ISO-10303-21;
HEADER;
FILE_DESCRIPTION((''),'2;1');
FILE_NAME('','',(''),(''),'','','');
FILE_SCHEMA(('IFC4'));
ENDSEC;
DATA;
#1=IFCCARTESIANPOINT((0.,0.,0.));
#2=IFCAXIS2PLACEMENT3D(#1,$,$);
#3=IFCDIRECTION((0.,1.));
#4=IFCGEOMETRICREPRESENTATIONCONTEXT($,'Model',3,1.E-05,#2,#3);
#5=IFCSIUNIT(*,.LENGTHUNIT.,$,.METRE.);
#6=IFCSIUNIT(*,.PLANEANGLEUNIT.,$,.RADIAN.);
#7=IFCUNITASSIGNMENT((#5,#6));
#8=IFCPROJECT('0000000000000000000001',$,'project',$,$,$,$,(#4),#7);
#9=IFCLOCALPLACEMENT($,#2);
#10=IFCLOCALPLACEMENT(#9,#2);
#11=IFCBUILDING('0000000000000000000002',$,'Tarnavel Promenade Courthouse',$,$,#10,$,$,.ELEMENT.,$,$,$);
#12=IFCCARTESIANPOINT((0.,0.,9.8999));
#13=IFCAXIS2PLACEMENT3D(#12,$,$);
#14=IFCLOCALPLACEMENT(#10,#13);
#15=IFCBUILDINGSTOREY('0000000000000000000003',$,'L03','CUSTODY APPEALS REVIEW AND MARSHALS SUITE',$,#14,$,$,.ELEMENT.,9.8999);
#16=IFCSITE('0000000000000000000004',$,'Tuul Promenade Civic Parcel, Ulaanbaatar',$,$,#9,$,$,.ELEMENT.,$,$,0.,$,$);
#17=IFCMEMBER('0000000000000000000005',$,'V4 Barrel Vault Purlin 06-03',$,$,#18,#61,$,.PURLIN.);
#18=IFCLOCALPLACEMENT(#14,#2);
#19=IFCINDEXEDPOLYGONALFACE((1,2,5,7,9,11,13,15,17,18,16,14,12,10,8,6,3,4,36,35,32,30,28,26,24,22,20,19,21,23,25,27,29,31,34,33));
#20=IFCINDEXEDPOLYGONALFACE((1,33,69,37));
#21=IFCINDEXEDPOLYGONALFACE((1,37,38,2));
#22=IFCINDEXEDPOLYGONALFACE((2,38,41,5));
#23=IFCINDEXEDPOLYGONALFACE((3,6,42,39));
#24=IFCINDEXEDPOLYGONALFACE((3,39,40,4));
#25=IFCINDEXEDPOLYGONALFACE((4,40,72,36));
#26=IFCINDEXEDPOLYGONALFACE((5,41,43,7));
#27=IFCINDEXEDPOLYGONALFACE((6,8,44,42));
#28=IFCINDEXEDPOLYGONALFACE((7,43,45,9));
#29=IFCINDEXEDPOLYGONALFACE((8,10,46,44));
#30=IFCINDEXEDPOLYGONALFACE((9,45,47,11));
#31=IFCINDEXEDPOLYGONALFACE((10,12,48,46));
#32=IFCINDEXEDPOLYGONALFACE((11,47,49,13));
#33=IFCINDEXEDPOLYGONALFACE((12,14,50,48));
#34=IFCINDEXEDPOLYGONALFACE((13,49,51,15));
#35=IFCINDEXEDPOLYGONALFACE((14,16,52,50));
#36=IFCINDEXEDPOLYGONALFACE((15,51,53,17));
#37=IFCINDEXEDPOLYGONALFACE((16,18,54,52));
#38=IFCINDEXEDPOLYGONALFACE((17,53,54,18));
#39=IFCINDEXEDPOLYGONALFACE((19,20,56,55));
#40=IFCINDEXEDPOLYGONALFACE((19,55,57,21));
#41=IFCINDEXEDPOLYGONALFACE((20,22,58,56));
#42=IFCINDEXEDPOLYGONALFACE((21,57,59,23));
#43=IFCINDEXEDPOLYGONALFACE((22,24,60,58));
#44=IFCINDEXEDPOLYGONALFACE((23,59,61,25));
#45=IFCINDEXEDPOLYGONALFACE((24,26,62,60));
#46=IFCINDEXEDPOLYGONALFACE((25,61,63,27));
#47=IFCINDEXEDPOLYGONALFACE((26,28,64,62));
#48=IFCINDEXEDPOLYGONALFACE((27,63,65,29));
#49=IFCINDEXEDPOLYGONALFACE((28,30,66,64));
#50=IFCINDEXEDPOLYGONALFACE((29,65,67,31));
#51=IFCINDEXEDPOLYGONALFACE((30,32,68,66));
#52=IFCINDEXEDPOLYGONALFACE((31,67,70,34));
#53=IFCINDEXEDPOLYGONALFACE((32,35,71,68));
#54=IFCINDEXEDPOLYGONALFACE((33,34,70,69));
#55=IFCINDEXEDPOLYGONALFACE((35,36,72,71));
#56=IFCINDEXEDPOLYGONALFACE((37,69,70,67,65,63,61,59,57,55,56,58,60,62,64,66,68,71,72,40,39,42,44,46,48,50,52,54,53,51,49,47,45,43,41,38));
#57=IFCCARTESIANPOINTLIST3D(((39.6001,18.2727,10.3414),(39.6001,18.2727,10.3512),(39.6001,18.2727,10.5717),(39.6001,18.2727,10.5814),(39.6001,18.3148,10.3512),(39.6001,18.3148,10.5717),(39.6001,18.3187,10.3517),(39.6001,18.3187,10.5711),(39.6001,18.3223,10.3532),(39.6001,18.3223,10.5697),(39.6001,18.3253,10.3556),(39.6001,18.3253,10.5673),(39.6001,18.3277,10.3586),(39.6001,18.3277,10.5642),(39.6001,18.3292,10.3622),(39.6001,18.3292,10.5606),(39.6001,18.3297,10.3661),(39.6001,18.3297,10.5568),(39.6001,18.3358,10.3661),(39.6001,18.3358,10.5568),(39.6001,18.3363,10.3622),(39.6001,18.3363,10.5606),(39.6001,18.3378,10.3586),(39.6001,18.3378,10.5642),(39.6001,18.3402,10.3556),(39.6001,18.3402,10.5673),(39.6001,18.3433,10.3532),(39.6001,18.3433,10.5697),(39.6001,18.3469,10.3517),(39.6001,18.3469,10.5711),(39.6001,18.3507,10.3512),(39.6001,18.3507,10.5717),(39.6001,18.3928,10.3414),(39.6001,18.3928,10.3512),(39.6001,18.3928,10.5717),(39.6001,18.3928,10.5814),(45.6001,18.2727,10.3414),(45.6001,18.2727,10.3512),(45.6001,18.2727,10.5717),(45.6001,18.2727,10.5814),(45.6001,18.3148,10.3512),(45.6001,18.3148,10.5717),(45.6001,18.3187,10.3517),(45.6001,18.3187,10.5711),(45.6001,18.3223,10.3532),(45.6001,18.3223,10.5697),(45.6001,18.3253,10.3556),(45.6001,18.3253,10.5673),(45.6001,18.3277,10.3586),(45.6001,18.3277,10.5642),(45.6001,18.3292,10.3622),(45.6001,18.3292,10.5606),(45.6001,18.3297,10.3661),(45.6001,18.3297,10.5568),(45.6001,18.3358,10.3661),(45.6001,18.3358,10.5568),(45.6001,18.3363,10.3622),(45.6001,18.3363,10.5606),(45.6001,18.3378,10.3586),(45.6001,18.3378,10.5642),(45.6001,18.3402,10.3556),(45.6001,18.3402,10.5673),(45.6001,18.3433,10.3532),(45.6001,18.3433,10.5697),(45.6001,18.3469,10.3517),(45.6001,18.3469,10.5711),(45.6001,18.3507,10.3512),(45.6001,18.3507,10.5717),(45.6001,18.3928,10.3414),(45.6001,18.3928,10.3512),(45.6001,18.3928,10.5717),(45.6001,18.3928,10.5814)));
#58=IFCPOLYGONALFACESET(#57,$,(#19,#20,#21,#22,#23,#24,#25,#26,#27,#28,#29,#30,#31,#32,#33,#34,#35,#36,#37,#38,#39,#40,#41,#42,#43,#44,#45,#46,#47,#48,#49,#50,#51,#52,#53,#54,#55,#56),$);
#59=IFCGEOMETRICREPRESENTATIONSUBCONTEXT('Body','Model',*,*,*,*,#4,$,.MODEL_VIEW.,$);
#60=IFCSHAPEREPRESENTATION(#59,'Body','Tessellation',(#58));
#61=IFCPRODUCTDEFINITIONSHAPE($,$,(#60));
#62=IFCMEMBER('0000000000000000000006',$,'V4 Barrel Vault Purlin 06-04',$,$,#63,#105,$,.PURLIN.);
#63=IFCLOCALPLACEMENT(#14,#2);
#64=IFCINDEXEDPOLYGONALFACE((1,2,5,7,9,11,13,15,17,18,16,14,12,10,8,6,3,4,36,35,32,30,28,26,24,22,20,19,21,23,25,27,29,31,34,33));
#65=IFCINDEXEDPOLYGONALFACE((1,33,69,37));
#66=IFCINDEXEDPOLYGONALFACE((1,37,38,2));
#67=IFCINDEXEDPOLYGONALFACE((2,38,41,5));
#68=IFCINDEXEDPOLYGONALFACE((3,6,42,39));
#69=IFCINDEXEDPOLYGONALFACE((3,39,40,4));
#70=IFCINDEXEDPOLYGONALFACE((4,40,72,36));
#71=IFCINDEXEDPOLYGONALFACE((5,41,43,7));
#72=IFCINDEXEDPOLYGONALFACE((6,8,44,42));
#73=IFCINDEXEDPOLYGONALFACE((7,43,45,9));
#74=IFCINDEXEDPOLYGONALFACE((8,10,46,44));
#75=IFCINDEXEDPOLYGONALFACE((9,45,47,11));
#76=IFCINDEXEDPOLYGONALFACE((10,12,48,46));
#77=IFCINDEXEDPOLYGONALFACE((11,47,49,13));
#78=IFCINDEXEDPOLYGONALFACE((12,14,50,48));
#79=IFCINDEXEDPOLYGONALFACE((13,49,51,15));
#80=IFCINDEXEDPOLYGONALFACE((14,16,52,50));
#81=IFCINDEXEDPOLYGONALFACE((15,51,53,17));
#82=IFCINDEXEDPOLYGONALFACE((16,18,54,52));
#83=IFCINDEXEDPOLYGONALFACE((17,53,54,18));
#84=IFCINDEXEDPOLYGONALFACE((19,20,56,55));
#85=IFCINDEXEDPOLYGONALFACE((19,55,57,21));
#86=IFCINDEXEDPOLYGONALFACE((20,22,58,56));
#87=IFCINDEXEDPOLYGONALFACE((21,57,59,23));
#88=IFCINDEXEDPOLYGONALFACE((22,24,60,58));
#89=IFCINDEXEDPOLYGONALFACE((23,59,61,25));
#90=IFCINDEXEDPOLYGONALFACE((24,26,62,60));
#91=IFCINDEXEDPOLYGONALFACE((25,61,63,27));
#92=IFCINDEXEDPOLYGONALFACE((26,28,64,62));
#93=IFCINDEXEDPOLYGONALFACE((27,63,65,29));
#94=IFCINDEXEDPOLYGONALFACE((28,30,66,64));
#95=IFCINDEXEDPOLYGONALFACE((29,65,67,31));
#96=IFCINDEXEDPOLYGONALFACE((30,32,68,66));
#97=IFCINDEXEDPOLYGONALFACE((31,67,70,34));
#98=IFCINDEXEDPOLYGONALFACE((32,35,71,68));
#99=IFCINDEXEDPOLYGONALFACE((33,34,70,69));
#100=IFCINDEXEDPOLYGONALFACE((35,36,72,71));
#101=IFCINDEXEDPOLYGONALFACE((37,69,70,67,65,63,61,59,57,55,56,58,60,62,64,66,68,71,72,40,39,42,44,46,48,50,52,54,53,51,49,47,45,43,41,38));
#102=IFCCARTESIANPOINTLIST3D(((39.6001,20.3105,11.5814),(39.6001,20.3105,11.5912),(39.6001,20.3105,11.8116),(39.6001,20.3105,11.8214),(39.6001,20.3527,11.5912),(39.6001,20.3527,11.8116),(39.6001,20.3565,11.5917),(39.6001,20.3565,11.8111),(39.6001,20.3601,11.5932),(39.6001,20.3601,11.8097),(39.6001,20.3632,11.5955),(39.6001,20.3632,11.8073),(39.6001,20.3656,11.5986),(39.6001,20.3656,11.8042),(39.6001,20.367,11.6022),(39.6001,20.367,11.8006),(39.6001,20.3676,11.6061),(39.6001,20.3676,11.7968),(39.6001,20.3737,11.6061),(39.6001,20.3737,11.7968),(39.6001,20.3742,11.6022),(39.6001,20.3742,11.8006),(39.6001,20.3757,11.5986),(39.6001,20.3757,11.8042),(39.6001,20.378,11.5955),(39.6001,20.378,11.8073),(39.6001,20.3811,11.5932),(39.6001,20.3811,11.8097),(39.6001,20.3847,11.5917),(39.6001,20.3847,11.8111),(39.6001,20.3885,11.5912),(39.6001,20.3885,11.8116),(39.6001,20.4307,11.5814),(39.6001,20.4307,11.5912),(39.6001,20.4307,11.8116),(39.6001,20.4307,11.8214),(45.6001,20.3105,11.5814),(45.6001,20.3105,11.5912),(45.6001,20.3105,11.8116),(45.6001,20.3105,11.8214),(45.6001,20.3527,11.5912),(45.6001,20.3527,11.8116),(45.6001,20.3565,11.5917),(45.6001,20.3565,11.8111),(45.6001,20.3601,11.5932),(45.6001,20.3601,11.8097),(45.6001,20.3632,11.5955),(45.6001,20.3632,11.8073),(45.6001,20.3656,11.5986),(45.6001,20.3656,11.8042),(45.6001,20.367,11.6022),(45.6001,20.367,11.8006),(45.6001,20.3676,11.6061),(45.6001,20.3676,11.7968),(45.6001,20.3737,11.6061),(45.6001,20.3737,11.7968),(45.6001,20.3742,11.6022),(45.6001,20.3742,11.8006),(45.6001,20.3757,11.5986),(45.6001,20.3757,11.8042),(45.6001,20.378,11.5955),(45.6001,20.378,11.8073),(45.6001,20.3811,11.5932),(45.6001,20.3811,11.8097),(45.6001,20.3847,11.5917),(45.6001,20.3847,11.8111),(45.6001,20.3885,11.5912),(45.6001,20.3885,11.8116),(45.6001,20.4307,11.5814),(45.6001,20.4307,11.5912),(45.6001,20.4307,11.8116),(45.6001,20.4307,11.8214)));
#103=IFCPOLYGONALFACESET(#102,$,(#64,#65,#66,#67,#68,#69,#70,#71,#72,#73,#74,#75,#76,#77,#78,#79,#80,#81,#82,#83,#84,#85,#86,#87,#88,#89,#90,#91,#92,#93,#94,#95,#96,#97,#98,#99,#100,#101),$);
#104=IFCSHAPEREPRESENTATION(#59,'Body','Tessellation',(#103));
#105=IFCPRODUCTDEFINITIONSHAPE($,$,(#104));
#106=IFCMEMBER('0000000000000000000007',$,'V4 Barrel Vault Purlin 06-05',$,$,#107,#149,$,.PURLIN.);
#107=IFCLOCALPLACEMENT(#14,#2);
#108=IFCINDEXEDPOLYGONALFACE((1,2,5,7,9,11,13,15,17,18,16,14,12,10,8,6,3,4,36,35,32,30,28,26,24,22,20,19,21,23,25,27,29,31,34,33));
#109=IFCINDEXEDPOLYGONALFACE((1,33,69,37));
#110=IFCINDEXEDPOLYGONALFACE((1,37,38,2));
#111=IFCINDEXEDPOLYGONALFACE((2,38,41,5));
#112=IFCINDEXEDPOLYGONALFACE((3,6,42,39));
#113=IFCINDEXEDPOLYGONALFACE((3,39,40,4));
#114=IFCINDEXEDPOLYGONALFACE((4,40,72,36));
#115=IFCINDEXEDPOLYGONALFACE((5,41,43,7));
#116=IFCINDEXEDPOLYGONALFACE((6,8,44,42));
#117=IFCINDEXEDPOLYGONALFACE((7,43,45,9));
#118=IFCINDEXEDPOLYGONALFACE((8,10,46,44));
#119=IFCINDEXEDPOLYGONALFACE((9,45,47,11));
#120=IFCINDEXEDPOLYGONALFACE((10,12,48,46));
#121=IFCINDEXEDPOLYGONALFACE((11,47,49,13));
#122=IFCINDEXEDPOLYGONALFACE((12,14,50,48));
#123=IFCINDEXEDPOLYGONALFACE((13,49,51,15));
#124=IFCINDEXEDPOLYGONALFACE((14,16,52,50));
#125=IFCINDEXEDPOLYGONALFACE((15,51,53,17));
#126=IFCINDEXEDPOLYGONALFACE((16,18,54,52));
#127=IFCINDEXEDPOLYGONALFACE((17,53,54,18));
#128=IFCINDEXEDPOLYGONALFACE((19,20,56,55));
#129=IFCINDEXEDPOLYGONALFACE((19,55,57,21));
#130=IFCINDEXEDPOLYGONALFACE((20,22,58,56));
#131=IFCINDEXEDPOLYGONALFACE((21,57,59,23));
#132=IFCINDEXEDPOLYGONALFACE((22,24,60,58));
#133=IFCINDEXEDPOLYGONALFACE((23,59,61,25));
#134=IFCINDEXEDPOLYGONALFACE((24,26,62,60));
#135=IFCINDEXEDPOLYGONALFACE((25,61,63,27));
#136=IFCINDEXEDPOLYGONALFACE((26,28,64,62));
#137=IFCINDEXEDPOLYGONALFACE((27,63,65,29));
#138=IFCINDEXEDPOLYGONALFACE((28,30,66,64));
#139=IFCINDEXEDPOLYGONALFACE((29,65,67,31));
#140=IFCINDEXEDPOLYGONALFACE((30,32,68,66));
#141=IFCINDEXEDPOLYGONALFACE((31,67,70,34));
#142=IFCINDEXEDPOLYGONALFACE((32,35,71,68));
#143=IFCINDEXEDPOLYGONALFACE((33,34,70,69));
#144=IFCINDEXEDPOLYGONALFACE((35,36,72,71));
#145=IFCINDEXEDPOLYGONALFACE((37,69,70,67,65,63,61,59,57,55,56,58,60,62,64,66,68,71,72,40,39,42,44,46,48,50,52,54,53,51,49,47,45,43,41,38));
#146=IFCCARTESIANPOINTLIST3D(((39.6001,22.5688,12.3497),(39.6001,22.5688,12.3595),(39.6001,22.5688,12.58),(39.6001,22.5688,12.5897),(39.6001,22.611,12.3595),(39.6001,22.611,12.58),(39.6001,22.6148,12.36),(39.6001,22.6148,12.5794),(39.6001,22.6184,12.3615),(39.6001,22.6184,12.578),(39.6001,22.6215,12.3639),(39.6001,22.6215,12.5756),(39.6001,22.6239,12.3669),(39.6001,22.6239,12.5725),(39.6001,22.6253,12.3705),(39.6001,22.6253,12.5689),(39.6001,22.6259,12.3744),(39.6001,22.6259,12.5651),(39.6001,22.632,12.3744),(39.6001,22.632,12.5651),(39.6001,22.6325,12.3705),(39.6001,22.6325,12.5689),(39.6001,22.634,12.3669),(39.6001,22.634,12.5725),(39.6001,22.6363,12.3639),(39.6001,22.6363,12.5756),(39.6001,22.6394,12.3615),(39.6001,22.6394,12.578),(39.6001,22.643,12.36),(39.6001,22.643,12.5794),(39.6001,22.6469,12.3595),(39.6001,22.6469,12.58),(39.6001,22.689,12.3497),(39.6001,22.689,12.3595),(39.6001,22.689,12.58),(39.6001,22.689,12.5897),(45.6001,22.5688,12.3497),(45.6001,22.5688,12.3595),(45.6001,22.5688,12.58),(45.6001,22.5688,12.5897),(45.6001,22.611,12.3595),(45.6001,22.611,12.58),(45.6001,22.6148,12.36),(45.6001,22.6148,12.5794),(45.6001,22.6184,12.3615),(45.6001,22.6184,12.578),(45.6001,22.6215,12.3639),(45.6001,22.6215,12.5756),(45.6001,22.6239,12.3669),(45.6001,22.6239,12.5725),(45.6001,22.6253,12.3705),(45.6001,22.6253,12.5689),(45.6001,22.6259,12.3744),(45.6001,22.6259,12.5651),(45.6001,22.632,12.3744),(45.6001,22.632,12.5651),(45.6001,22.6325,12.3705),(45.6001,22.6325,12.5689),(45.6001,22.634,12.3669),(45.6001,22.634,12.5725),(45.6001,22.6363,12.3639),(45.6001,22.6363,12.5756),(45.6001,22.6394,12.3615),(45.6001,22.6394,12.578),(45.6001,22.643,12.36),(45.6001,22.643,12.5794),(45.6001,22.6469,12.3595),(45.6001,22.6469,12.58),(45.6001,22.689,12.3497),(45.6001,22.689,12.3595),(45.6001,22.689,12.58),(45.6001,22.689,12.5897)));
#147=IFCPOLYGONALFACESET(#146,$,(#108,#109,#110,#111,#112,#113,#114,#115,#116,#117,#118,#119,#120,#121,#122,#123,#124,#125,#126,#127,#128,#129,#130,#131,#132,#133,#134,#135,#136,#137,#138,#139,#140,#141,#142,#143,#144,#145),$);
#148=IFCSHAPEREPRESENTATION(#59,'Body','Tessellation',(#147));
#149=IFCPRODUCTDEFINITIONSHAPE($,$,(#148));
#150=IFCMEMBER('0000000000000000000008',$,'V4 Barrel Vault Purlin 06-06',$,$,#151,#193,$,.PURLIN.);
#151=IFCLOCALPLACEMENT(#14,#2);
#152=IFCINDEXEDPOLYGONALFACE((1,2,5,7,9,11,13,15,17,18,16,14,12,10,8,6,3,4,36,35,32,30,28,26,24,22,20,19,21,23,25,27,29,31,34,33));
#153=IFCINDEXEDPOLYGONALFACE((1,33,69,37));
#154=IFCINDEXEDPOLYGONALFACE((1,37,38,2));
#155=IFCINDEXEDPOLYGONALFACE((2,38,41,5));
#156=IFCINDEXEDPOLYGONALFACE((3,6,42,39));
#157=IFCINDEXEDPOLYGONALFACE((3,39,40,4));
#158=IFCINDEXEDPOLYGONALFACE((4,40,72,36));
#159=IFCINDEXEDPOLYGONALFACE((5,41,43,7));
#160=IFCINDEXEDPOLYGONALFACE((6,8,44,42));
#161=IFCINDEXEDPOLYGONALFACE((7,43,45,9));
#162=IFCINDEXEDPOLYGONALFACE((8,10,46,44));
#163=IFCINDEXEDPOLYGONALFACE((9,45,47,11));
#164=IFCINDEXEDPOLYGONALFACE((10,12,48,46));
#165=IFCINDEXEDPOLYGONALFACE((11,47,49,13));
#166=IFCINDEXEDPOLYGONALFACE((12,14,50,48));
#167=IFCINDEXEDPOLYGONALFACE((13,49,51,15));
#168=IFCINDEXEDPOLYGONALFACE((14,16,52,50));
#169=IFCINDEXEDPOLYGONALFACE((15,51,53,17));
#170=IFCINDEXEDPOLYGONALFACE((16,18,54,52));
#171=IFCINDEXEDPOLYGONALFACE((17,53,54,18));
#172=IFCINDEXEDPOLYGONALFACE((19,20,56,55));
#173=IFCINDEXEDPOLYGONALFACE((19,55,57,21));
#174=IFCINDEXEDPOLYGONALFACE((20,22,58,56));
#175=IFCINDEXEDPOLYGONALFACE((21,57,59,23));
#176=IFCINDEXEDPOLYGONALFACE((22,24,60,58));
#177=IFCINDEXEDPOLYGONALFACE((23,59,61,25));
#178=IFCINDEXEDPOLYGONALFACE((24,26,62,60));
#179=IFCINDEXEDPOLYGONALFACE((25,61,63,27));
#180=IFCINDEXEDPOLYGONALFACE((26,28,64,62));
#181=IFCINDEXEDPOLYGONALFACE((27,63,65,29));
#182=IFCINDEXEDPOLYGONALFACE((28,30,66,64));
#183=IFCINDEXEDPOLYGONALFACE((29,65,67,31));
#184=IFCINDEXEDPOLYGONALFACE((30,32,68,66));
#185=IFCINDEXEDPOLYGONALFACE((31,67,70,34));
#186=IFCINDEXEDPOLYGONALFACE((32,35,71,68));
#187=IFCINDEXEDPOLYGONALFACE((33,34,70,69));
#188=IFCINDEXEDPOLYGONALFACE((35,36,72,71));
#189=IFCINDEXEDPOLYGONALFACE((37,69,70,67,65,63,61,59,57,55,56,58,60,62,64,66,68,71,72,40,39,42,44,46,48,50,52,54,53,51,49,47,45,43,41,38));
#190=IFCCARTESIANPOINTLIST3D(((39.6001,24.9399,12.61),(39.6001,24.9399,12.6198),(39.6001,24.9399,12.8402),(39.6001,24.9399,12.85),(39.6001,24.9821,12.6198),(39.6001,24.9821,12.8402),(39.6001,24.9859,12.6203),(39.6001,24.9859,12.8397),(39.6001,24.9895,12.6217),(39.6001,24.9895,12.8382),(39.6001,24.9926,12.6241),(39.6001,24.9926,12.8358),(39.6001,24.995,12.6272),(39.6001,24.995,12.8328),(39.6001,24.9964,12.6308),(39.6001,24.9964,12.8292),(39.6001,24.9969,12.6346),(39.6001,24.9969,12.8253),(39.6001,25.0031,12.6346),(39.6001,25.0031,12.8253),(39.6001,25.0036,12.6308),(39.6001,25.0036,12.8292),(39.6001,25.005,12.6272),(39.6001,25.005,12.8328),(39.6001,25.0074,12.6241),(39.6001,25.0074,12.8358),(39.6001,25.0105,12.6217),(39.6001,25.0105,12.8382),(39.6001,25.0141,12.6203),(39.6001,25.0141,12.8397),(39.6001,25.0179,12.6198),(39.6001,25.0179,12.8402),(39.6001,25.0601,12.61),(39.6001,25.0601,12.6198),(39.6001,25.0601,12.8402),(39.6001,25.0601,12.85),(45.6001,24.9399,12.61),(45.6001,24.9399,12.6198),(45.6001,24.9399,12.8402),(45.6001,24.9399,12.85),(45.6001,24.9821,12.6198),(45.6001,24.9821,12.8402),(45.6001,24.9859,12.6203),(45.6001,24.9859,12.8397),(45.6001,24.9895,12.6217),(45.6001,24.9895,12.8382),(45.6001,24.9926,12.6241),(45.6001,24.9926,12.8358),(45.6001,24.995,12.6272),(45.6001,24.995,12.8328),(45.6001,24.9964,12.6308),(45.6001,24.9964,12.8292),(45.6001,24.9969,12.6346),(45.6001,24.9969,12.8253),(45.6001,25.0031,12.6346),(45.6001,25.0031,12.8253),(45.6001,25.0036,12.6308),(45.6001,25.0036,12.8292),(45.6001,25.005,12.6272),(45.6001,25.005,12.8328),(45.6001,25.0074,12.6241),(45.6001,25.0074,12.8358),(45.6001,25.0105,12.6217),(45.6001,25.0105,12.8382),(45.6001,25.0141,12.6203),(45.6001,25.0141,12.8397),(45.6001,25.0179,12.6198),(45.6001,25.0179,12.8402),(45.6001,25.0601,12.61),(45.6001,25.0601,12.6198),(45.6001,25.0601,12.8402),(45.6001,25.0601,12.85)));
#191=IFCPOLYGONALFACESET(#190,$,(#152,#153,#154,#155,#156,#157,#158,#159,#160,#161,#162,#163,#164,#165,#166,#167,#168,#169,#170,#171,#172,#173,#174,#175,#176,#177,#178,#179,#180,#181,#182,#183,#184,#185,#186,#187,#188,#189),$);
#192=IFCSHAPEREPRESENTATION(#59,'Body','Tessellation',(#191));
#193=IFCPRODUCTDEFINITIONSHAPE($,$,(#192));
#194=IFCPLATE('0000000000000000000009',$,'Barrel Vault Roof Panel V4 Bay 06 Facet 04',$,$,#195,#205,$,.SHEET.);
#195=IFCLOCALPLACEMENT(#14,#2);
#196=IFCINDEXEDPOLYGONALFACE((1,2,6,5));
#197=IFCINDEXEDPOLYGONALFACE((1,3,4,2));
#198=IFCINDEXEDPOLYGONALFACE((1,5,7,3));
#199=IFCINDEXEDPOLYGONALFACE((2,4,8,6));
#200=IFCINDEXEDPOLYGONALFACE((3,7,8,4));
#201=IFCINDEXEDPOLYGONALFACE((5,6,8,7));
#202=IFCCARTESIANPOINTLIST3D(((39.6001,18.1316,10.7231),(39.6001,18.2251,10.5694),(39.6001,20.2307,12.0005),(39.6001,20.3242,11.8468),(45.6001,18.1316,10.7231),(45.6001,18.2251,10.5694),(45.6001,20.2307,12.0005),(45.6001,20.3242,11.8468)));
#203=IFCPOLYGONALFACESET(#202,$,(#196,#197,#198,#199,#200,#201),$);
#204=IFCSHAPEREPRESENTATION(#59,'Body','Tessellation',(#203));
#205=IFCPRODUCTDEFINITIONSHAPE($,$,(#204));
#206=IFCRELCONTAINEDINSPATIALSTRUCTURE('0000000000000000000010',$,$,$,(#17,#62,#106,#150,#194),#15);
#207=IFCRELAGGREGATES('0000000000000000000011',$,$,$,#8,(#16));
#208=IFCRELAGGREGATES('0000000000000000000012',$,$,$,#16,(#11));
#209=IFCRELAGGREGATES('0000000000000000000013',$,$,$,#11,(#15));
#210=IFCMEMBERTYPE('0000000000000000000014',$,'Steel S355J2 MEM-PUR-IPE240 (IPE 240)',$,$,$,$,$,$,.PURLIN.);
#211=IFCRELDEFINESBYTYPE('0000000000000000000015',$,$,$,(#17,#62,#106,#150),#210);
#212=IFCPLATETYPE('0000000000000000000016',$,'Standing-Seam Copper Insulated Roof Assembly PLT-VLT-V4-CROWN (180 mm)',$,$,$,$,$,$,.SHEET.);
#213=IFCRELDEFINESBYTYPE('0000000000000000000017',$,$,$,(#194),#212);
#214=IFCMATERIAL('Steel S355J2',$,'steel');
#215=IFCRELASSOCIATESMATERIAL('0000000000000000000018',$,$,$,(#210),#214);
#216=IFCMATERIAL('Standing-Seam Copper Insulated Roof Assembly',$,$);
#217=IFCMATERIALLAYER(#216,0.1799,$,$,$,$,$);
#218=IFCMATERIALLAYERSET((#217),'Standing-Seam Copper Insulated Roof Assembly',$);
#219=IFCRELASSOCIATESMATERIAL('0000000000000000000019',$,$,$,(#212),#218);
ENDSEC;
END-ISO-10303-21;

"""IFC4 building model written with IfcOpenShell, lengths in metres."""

from ifc_helpers import new_model, si_unit, direction, frame, origin, origin_2d, place, context, subcontext, project, spatial, polyline, i_section, outline, extrude, material, layer, layer_set, material_profile, profile_set, type_object, element, save


model = new_model("IFC4")

# Units and contexts
model_context = context("Model", 3, precision=1e-05, world=origin(), true_north=direction((0.0, 1.0)))
body_context = subcontext(model_context, "Body", "Model", "MODEL_VIEW")
ifc_project = project(units=[si_unit("LENGTHUNIT", "METRE"), si_unit("PLANEANGLEUNIT", "RADIAN")], contexts=[model_context])

# Site, building, storey
site_placement = place(None, origin())
site = spatial("IfcSite", under=ifc_project, at=site_placement, Name="Tuul Promenade Civic Parcel, Ulaanbaatar", CompositionType="ELEMENT", RefElevation=0.0)
building_placement = place(site_placement, origin())
building = spatial("IfcBuilding", under=site, at=building_placement, Name="Tarnavel Promenade Courthouse", CompositionType="ELEMENT")
storey_placement = place(building_placement, frame((0.0, 0.0, 9.8999)))
storey = spatial("IfcBuildingStorey", under=building, at=storey_placement, Name="L03", Description="CUSTODY APPEALS REVIEW AND MARSHALS SUITE", CompositionType="ELEMENT", Elevation=9.8999)

# Shared definitions
ifc_material_1 = material(Name="Steel S355J2", Category="steel")

# Members
ifc_material_profile_1 = material_profile(ifc_material_1, i_section(OverallWidth=0.1201, OverallDepth=0.24, WebThickness=0.0061, FlangeThickness=0.0098, FilletRadius=0.0149, at=origin_2d()), Name="IPE 240")
ifc_profile_set_1 = profile_set([ifc_material_profile_1], Name="Steel S355J2")
member_type = type_object("IfcMemberType", Name="Steel S355J2 MEM-PUR-IPE240 (IPE 240)", PredefinedType="PURLIN", material=ifc_profile_set_1)
for number, where, z_axis, x_axis, name in (
    (1, (39.6001, 18.3328, 10.4614), (1.0, 0.0, 0.0), (0.0, 1.0, 0.0), "V4 Barrel Vault Purlin 06-03"),
    (2, (39.6001, 20.3706, 11.7014), (1.0, 0.0, 0.0), (0.0, 1.0, 0.0), "V4 Barrel Vault Purlin 06-04"),
    (3, (39.6001, 22.6289, 12.4697), (1.0, 0.0, 0.0), (0.0, 1.0, 0.0), "V4 Barrel Vault Purlin 06-05"),
    (4, (39.6001, 25.0, 12.73), (1.0, 0.0, 0.0), (0.0, 1.0, 0.0), "V4 Barrel Vault Purlin 06-06"),
):
    element("IfcMember", number, at=place(storey_placement, frame(where, z_axis=z_axis, x_axis=x_axis)), inside=storey, type_object=member_type, Name=name, PredefinedType="PURLIN", context=body_context, shape_type="SweptSolid", body=[
        extrude(i_section(OverallWidth=0.1201, OverallDepth=0.24, WebThickness=0.0061, FlangeThickness=0.0098, FilletRadius=0.0149, at=origin_2d()), origin(), (0.0, 0.0, 1.0), 6.0),
    ])

# Plate
ifc_material_2 = material(Name="Standing-Seam Copper Insulated Roof Assembly")
ifc_layer = layer(ifc_material_2, 0.1799)
ifc_layer_set = layer_set([ifc_layer], Name="Standing-Seam Copper Insulated Roof Assembly")
plate_type = type_object("IfcPlateType", Name="Standing-Seam Copper Insulated Roof Assembly PLT-VLT-V4-CROWN (180 mm)", PredefinedType="SHEET", material=ifc_layer_set)
plate_1_placement = place(storey_placement, frame((39.6001, 18.1316, 10.7231), z_axis=(0.0, -0.519833, 0.854268), x_axis=(1.0, 0.0, 0.0)))
element("IfcPlate", 5, at=plate_1_placement, inside=storey, type_object=plate_type, Name="Barrel Vault Roof Panel V4 Bay 06 Facet 04", PredefinedType="SHEET", context=body_context, shape_type="SweptSolid", body=[
    extrude(outline(polyline([(0.0, 0.0), (6.0, 0.0), (6.0, 2.4572), (0.0, 2.4572), (0.0, 0.0)])), origin(), (0.0, 0.0, -1.0), 0.1799),
])

save(model, "model.ifc")
